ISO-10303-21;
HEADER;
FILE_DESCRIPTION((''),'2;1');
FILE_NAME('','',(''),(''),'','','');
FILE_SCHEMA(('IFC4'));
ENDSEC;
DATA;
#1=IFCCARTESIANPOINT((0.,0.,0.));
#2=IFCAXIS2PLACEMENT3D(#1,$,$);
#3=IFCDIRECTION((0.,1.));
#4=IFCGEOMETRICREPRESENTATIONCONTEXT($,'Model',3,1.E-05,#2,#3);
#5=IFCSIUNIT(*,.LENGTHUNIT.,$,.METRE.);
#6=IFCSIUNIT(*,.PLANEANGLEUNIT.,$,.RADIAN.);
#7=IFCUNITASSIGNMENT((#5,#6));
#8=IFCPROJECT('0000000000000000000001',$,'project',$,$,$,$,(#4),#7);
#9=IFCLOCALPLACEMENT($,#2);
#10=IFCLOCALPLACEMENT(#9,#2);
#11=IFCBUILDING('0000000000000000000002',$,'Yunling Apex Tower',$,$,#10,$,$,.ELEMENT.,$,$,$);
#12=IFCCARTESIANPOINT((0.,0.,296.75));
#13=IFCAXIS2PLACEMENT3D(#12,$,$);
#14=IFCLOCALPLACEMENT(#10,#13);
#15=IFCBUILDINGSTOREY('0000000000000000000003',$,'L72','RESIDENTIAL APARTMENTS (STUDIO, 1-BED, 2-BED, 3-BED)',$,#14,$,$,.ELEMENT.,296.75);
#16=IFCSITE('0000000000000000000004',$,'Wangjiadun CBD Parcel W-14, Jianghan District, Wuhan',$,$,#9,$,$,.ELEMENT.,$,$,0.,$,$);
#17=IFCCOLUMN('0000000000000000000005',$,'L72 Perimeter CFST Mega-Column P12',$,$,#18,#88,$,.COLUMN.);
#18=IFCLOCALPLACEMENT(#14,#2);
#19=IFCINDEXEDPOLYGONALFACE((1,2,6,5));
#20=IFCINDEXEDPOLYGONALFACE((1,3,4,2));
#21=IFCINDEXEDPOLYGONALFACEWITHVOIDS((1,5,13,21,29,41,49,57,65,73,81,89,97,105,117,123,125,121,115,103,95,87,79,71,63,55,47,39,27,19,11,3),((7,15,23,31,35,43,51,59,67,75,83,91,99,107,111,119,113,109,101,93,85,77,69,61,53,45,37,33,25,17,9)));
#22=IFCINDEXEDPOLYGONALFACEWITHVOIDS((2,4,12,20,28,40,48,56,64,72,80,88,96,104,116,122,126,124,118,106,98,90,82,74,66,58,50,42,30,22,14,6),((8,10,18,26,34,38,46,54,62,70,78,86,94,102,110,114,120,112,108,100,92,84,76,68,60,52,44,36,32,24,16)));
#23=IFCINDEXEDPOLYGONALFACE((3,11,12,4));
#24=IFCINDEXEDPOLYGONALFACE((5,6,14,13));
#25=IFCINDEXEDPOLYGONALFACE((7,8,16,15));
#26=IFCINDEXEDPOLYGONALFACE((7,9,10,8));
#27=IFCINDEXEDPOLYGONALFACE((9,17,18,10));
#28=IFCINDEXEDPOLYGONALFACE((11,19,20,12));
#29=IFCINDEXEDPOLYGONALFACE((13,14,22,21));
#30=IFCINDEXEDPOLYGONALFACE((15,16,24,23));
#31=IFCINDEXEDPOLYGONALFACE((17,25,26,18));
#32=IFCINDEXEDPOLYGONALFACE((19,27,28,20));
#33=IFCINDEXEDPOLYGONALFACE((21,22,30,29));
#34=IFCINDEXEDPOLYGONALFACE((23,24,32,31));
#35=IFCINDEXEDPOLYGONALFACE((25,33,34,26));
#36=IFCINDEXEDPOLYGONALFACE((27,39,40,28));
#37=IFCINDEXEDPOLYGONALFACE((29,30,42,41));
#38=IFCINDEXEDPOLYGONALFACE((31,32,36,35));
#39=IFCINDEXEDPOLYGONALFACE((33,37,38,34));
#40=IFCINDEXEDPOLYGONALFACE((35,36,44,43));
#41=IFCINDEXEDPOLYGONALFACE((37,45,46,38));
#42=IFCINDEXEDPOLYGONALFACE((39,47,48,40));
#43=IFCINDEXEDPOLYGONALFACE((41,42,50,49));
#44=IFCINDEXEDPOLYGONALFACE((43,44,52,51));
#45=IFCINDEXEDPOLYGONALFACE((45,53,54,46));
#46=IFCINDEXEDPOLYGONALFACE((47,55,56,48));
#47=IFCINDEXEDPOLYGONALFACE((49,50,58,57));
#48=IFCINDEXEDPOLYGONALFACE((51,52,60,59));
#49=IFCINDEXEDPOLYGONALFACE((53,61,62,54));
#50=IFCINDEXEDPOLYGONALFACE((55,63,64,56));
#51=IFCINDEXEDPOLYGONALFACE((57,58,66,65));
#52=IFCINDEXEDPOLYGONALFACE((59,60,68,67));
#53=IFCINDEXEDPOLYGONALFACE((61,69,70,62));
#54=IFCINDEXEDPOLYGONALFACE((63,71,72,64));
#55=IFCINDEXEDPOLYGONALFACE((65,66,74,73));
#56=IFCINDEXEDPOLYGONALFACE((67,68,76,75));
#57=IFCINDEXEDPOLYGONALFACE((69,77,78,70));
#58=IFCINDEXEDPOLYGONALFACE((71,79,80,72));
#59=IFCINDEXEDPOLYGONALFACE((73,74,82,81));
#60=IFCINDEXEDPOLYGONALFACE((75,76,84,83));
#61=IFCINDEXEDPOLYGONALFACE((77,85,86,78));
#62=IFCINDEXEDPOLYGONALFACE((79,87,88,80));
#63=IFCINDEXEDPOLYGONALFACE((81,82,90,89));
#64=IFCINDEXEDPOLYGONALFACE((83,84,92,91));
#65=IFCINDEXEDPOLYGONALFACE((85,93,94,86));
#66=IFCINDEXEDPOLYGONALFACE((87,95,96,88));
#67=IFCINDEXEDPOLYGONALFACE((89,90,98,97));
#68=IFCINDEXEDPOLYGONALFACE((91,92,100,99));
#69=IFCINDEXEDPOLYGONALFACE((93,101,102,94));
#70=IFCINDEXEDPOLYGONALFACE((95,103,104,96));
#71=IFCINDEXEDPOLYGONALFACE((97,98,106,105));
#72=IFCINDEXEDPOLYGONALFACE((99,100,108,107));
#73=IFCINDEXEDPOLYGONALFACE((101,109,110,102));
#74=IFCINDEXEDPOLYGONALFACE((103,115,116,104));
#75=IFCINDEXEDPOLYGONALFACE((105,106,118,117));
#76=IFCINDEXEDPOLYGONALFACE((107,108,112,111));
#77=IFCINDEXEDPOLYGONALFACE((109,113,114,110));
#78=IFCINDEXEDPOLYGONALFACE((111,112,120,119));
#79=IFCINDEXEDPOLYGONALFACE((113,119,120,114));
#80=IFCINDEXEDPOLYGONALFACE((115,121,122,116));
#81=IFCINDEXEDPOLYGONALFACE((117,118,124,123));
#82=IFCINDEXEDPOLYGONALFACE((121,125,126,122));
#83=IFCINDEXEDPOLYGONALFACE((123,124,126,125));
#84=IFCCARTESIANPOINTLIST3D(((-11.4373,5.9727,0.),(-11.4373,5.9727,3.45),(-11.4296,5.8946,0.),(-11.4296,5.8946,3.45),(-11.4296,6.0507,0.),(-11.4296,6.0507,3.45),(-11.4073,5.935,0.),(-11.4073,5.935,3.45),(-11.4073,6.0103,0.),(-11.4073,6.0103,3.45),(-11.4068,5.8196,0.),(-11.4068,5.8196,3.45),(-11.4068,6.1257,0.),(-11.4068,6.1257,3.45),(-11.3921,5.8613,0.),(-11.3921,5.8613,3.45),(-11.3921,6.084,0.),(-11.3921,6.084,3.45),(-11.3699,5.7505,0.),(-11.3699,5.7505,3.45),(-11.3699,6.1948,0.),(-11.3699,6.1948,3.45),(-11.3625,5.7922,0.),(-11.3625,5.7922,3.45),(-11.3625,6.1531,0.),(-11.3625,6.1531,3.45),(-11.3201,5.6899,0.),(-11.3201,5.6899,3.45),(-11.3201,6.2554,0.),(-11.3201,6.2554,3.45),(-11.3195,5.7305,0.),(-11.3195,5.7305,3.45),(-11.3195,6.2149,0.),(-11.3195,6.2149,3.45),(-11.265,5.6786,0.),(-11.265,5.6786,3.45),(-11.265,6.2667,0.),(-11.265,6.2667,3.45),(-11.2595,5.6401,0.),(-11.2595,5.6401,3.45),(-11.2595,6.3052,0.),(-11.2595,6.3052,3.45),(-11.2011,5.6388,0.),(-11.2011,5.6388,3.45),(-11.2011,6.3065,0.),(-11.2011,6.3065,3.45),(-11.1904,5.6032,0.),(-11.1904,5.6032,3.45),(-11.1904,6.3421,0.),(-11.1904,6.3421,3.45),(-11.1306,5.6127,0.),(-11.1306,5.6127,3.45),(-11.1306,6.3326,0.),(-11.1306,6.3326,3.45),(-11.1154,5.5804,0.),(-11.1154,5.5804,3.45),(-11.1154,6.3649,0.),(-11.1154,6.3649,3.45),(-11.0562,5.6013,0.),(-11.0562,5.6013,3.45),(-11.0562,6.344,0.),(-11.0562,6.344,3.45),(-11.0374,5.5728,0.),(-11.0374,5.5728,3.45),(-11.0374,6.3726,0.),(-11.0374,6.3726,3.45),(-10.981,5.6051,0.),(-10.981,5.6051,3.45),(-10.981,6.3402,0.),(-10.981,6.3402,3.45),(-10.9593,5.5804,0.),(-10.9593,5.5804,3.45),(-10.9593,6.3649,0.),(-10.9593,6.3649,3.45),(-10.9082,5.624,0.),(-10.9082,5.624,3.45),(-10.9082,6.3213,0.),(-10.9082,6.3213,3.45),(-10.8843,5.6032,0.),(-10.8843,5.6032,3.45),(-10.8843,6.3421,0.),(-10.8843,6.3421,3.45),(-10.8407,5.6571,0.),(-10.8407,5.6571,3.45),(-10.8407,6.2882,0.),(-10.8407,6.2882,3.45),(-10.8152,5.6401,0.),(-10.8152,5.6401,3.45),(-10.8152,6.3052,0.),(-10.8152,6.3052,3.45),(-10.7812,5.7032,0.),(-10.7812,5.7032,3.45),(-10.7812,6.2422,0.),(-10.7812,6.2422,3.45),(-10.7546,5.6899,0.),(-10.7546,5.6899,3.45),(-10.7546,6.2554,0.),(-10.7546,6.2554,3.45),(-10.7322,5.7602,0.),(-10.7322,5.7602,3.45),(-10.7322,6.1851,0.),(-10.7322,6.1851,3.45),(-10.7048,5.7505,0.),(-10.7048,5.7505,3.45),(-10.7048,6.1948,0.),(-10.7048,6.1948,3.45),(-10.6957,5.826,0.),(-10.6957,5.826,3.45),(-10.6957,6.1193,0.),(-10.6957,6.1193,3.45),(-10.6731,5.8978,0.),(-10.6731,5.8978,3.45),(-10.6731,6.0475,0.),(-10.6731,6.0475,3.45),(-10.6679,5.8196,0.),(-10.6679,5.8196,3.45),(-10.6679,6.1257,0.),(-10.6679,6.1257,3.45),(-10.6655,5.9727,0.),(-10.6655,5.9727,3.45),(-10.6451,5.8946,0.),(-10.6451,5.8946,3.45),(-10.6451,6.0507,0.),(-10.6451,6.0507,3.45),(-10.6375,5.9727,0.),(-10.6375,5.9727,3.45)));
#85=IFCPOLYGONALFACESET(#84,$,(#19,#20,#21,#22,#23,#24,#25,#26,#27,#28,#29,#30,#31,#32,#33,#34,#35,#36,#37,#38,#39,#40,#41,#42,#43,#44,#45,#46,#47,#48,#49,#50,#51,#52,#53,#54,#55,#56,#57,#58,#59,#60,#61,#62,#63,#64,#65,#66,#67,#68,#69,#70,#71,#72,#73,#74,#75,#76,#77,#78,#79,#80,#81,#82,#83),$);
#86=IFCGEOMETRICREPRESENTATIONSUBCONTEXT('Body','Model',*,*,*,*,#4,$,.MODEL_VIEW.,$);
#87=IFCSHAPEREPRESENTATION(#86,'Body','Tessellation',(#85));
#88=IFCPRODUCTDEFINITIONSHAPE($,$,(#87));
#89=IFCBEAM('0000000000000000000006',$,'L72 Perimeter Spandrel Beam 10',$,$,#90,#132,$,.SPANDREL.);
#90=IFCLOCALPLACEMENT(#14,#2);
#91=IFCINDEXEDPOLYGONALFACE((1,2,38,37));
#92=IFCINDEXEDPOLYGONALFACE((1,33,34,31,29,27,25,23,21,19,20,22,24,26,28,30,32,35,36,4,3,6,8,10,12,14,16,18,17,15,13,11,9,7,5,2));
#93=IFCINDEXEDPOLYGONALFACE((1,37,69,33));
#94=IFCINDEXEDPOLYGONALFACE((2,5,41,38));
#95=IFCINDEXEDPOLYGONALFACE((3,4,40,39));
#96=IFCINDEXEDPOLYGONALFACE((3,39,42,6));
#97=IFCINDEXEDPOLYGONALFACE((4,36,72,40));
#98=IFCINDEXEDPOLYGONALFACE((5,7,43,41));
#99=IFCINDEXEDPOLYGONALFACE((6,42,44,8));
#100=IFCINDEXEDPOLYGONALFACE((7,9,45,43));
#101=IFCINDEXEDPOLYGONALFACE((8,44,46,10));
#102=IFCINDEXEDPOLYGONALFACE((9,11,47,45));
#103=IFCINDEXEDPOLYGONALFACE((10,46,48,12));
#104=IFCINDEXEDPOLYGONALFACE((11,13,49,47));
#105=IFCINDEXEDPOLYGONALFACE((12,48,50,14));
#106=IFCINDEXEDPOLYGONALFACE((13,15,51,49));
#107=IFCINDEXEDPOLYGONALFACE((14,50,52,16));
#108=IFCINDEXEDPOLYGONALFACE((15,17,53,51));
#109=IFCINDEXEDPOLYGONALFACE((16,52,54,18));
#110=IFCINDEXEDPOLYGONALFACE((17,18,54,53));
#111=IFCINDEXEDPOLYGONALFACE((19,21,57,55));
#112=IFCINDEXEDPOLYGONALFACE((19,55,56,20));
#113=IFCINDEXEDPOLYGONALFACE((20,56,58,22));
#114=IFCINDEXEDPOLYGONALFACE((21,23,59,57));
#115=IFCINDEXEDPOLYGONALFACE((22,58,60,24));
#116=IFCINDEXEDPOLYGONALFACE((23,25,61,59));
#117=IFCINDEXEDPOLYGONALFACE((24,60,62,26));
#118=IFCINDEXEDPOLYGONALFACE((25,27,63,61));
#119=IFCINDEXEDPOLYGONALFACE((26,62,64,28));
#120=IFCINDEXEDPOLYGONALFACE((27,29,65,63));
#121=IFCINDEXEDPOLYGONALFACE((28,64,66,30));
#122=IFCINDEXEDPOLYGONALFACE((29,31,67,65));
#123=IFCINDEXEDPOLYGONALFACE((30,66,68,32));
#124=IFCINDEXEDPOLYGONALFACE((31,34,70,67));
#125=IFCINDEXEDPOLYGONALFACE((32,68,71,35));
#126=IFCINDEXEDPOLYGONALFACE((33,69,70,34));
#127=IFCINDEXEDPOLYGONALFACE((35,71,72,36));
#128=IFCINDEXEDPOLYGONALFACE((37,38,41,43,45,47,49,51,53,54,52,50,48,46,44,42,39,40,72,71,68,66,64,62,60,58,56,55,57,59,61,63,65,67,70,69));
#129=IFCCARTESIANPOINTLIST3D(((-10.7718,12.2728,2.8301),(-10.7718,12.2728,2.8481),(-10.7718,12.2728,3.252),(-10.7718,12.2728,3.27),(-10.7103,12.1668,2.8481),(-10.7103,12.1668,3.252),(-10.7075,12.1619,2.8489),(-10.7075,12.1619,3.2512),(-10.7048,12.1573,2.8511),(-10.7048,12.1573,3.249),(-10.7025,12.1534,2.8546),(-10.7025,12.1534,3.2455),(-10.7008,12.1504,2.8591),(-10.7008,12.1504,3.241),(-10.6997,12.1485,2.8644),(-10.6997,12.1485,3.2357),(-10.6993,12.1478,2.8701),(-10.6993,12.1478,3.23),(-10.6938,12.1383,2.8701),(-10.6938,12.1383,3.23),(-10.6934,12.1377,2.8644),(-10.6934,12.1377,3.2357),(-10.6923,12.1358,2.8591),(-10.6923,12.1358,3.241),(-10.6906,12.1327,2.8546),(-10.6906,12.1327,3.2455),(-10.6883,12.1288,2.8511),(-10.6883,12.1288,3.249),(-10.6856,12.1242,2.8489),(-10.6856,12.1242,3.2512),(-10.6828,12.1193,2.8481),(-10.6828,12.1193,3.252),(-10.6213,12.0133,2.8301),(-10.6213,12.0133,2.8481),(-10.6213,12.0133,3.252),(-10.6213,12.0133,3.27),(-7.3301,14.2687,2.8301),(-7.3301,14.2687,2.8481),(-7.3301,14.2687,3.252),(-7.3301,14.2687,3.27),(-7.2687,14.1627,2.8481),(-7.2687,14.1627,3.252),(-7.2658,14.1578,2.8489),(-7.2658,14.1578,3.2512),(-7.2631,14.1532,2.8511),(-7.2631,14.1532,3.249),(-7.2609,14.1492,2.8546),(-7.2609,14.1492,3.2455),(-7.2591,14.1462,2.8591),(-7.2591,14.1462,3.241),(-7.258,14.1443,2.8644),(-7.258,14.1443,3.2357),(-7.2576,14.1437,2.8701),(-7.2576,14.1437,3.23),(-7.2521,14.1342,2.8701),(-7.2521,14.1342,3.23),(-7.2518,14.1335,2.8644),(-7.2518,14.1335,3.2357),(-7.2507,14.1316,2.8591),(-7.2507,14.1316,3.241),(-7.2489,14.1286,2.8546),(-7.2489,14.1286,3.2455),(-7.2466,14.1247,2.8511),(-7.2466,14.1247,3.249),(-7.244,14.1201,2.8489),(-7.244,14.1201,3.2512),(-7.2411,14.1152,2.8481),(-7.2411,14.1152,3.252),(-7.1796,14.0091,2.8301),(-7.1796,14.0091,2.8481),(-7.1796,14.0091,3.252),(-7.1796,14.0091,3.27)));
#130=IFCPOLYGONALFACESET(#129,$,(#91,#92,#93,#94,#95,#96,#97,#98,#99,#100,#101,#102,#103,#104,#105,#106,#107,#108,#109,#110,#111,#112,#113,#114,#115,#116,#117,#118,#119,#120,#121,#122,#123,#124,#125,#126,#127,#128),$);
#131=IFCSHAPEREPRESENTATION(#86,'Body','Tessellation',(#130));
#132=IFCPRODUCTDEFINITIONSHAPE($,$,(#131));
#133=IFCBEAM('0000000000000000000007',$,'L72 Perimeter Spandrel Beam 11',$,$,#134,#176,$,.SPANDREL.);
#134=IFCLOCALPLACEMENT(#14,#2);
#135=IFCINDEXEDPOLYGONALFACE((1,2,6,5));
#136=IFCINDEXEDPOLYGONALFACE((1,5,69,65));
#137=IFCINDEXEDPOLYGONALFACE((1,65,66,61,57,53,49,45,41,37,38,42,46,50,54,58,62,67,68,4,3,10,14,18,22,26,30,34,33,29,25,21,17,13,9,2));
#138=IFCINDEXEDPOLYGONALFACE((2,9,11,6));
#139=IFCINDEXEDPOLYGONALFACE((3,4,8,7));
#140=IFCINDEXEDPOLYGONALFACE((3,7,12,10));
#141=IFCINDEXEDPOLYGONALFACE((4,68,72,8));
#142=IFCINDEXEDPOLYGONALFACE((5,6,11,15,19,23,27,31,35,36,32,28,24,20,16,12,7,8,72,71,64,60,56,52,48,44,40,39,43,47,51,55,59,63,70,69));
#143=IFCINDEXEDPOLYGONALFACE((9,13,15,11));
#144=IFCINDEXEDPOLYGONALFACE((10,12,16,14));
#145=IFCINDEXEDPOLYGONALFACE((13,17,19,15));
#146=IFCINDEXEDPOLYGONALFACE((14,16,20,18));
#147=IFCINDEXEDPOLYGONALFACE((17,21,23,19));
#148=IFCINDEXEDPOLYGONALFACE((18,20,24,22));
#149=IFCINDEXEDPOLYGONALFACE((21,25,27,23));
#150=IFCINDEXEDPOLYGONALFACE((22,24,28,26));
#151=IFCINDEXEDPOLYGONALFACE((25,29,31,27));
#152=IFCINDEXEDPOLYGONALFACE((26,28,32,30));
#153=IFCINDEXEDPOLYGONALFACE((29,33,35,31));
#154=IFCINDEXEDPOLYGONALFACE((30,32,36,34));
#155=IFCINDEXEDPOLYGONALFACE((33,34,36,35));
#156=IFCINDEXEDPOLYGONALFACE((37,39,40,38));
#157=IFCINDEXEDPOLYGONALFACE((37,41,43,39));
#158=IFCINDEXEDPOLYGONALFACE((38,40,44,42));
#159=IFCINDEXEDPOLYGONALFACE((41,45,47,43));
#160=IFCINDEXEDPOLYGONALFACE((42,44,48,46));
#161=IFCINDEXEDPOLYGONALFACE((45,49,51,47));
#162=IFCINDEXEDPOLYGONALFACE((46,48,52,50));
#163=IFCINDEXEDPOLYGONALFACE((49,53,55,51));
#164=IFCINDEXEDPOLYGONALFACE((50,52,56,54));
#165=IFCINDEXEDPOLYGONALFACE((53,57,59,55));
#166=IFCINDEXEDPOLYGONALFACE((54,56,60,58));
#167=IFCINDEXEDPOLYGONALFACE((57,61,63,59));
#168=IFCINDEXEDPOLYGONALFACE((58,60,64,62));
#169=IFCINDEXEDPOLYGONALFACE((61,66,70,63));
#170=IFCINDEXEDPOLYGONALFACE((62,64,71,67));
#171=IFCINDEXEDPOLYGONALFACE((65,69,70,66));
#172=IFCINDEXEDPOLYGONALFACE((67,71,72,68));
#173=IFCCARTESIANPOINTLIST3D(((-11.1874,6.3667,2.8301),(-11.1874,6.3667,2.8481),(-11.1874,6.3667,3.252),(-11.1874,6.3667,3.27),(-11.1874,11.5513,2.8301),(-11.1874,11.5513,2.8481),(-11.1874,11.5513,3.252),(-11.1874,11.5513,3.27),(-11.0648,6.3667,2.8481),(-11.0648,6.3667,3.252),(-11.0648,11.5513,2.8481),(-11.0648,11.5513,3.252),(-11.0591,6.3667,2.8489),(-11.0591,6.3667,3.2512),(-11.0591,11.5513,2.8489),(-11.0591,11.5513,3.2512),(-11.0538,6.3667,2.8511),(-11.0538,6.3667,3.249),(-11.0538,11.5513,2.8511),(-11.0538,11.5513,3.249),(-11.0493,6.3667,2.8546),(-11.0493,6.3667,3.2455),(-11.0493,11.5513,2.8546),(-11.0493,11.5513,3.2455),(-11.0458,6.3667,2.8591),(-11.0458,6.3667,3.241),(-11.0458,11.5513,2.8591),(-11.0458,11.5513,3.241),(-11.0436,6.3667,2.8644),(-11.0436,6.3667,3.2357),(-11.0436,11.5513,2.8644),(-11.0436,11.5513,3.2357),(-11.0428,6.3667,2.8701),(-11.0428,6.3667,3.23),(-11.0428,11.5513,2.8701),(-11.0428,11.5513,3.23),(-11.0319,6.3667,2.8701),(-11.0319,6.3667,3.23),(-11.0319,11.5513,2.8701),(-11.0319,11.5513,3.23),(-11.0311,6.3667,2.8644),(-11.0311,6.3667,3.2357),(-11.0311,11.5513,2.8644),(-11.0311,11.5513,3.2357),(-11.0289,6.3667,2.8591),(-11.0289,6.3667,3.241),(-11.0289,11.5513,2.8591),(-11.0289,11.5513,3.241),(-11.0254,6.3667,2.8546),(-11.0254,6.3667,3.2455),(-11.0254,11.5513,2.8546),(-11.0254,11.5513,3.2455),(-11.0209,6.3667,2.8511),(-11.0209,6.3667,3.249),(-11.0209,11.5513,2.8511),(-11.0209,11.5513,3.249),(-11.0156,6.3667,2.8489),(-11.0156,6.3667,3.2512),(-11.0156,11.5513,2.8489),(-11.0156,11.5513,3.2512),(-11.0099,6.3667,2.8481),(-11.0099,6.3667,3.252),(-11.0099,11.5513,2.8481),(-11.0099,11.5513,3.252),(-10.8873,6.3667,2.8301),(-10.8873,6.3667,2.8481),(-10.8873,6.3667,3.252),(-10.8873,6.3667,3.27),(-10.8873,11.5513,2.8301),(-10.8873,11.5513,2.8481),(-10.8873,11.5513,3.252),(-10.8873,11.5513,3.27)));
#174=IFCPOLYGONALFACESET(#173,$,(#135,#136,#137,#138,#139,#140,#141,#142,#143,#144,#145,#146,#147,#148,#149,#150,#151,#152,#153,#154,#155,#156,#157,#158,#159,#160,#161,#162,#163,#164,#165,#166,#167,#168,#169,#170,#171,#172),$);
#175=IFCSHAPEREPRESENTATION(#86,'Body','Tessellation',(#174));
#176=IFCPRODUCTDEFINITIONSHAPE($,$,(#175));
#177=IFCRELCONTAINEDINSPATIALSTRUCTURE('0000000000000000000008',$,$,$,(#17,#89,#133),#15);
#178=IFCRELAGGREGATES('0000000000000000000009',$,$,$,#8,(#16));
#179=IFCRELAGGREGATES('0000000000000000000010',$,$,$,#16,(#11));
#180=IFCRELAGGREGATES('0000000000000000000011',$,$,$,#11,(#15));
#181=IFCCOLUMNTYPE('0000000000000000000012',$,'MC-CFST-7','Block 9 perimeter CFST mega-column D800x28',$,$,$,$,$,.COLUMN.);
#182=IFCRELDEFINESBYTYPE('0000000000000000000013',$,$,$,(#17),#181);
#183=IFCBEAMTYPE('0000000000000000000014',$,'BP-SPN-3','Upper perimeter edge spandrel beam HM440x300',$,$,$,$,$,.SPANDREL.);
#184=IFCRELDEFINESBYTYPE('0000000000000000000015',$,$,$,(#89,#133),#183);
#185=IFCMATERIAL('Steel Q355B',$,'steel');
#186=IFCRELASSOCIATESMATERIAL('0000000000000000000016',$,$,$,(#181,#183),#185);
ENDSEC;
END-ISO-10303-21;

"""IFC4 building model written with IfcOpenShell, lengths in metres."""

from ifc_helpers import new_model, si_unit, direction, frame, origin, origin_2d, place, context, subcontext, project, spatial, hollow_circle, i_section, extrude, source, transform, mapped, material, material_profile, profile_set, type_object, element, save


model = new_model("IFC4")

# Units and contexts
model_context = context("Model", 3, precision=1e-05, world=origin(), true_north=direction((0.0, 1.0)))
body_context = subcontext(model_context, "Body", "Model", "MODEL_VIEW")
ifc_project = project(units=[si_unit("LENGTHUNIT", "METRE"), si_unit("PLANEANGLEUNIT", "RADIAN")], contexts=[model_context])

# Site, building, storey
site_placement = place(None, origin())
site = spatial("IfcSite", under=ifc_project, at=site_placement, Name="Wangjiadun CBD Parcel W-14, Jianghan District, Wuhan", CompositionType="ELEMENT", RefElevation=0.0)
building_placement = place(site_placement, origin())
building = spatial("IfcBuilding", under=site, at=building_placement, Name="Yunling Apex Tower", CompositionType="ELEMENT")
storey_placement = place(building_placement, frame((0.0, 0.0, 296.75)))
storey = spatial("IfcBuildingStorey", under=building, at=storey_placement, Name="L72", Description="RESIDENTIAL APARTMENTS (STUDIO, 1-BED, 2-BED, 3-BED)", CompositionType="ELEMENT", Elevation=296.75)

# Column
ifc_material_1 = material(Name="Steel Q355B", Category="steel")
ifc_material_profile_1 = material_profile(ifc_material_1, hollow_circle(Radius=0.3999, WallThickness=0.0281, at=origin_2d()))
ifc_profile_set_1 = profile_set([ifc_material_profile_1], Name="Steel Q355B")
column_type = type_object("IfcColumnType", Name="MC-CFST-7", Description="Block 9 perimeter CFST mega-column D800x28", PredefinedType="COLUMN", material=ifc_profile_set_1)
shared_shape_1 = source(origin(), body_context, "Body", "SweptSolid", [
    extrude(hollow_circle(Radius=0.3999, WallThickness=0.0281, at=origin_2d()), origin(), (0.0, 0.0, 1.0), 3.45),
])
for number, where, z_axis, x_axis, name in (
    (1, (-11.0374, 5.9727, 0.0), (0.0, 0.0, 1.0), (1.0, 0.0, 0.0), "L72 Perimeter CFST Mega-Column P12"),
):
    element("IfcColumn", number, at=place(storey_placement, frame(where, z_axis=z_axis, x_axis=x_axis)), inside=storey, type_object=column_type, Name=name, PredefinedType="COLUMN", context=body_context, shape_type="MappedRepresentation", body=[
        mapped(shared_shape_1, transform((0.0, 0.0, 0.0), scale=1.0)),
    ])

# Beams
ifc_material_profile_2 = material_profile(ifc_material_1, i_section(OverallWidth=0.3, OverallDepth=0.4399, WebThickness=0.011, FlangeThickness=0.0181, FilletRadius=0.022, at=origin_2d()))
ifc_profile_set_2 = profile_set([ifc_material_profile_2], Name="Steel Q355B")
beam_type_1 = type_object("IfcBeamType", Name="BP-SPN-3", Description="Upper perimeter edge spandrel beam HM440x300", PredefinedType="SPANDREL", material=ifc_profile_set_2)
shared_shape_2 = source(origin(), body_context, "Body", "SweptSolid", [
    extrude(i_section(OverallWidth=0.3, OverallDepth=0.4399, WebThickness=0.011, FlangeThickness=0.0181, FilletRadius=0.022, at=origin_2d()), origin(), (0.0, 0.0, 1.0), 3.9785),
])
beam_1_placement = place(storey_placement, frame((-7.2549, 14.1389, 3.05), z_axis=(-0.865065, -0.50166, 0.0), x_axis=(0.50166, -0.865065, 0.0)))
element("IfcBeam", 2, at=beam_1_placement, inside=storey, type_object=beam_type_1, Name="L72 Perimeter Spandrel Beam 10", PredefinedType="SPANDREL", context=body_context, shape_type="MappedRepresentation", body=[
    mapped(shared_shape_2, transform((0.0, 0.0, 0.0), scale=1.0)),
])
shared_shape_3 = source(origin(), body_context, "Body", "SweptSolid", [
    extrude(i_section(OverallWidth=0.3, OverallDepth=0.4399, WebThickness=0.011, FlangeThickness=0.0181, FilletRadius=0.022, at=origin_2d()), origin(), (0.0, 0.0, 1.0), 5.1846),
])
beam_2_placement = place(storey_placement, frame((-11.0374, 11.5513, 3.05), z_axis=(0.0, -1.0, 0.0), x_axis=(1.0, 0.0, 0.0)))
element("IfcBeam", 3, at=beam_2_placement, inside=storey, type_object=beam_type_1, Name="L72 Perimeter Spandrel Beam 11", PredefinedType="SPANDREL", context=body_context, shape_type="MappedRepresentation", body=[
    mapped(shared_shape_3, transform((0.0, 0.0, 0.0), scale=1.0)),
])

save(model, "model.ifc")
